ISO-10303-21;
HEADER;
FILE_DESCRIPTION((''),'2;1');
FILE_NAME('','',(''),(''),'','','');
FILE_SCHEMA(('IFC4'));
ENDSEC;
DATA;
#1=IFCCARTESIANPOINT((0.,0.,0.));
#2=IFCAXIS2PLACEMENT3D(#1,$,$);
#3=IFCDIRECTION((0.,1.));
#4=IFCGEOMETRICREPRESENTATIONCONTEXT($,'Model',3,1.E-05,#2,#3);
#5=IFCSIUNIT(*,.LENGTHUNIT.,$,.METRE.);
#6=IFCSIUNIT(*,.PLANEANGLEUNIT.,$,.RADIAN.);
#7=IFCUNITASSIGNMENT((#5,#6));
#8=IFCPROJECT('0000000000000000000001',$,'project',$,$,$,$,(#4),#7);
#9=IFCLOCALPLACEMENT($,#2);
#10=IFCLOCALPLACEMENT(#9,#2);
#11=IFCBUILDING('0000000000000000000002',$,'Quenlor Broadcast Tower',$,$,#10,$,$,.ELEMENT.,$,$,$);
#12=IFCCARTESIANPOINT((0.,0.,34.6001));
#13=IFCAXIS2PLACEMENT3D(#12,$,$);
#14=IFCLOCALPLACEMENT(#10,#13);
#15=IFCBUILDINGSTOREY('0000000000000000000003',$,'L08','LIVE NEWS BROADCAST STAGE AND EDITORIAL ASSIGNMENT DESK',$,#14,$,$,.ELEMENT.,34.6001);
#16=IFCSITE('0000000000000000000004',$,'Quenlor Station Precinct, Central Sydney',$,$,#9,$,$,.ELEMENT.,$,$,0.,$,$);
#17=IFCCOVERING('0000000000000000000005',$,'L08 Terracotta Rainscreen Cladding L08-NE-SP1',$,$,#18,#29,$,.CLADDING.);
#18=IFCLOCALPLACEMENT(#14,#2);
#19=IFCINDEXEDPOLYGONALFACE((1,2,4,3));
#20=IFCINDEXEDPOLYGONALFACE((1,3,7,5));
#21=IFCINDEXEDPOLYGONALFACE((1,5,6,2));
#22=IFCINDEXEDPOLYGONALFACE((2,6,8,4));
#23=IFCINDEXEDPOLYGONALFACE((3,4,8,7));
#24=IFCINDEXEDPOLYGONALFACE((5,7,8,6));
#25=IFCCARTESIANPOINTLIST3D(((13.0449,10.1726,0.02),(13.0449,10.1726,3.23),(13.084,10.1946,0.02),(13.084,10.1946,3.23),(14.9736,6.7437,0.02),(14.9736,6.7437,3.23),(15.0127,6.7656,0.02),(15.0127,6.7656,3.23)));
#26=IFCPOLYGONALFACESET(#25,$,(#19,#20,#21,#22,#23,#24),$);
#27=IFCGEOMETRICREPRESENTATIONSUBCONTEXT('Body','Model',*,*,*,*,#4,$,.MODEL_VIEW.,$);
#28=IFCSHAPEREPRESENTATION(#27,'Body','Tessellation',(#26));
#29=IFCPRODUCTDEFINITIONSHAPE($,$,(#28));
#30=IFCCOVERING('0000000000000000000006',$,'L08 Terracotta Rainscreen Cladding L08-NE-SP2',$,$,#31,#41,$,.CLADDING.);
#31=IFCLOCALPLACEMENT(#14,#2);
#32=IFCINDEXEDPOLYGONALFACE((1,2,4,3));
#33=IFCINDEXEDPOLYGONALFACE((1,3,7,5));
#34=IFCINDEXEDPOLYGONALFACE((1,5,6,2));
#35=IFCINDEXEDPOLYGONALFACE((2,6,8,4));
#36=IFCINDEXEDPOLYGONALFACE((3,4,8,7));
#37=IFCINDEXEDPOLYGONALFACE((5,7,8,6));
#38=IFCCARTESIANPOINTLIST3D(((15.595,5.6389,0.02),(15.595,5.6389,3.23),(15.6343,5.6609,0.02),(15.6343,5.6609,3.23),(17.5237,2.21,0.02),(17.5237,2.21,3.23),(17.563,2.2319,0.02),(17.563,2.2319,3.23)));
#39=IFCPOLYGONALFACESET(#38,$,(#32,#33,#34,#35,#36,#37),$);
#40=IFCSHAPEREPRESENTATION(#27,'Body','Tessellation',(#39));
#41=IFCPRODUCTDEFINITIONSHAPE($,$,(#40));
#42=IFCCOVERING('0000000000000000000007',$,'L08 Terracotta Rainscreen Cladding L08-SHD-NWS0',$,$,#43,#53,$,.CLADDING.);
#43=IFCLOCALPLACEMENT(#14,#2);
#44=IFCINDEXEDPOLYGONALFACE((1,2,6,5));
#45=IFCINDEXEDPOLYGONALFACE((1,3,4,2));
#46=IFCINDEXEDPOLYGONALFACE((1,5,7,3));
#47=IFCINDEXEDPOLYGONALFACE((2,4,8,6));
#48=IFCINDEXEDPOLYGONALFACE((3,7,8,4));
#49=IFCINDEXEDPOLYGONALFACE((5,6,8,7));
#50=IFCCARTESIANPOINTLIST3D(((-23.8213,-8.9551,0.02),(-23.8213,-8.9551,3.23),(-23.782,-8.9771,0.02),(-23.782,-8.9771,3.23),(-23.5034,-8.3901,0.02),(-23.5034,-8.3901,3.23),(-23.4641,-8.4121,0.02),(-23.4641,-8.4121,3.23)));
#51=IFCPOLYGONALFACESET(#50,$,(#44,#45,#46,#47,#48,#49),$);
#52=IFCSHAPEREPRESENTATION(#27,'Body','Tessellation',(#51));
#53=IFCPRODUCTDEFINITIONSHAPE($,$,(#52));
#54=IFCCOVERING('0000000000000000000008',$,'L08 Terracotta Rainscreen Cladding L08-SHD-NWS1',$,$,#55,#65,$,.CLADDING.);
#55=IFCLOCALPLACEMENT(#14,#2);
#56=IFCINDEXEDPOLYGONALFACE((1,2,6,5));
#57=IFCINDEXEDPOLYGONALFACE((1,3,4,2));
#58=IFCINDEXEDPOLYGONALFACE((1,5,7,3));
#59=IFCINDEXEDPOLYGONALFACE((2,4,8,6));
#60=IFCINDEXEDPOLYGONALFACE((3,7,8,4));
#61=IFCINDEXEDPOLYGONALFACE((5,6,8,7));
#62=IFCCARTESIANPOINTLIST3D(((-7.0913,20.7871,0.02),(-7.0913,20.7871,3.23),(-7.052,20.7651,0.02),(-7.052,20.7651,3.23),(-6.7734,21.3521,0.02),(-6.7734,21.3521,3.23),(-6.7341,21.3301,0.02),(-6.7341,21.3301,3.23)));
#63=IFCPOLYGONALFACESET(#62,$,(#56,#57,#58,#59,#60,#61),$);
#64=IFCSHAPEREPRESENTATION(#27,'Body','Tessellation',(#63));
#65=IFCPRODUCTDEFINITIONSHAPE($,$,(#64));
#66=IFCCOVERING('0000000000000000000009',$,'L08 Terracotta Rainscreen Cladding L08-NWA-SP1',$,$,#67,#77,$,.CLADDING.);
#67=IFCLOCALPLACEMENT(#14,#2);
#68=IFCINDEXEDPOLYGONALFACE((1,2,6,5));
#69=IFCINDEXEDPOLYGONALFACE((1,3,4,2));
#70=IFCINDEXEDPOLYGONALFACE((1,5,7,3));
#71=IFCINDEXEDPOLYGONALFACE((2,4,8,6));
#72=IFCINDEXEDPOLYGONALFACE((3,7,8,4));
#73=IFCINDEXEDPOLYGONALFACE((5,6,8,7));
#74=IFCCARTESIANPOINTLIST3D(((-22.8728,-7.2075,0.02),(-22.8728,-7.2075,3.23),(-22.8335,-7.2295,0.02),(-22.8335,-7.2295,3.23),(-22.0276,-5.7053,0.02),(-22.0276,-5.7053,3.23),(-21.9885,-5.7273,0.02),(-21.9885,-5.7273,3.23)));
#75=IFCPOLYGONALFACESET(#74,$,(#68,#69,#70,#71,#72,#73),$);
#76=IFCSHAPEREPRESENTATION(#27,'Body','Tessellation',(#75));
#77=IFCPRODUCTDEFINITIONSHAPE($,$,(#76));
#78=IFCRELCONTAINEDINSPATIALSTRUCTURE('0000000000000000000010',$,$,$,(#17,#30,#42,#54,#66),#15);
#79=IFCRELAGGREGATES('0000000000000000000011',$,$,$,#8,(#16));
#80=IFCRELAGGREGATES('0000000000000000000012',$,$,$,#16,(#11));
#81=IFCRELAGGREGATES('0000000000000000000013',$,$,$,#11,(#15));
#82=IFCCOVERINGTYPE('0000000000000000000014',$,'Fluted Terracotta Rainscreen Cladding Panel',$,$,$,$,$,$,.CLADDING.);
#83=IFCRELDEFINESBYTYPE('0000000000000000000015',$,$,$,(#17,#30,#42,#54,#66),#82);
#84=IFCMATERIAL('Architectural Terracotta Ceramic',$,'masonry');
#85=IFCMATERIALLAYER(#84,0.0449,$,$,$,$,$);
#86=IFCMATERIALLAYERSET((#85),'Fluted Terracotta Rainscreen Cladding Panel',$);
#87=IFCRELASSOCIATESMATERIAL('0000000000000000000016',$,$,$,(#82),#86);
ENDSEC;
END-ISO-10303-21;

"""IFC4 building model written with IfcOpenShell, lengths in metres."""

from ifc_helpers import new_model, si_unit, direction, frame, origin, place, context, subcontext, project, spatial, polyline, outline, extrude, material, layer, layer_set, type_object, element, save


model = new_model("IFC4")

# Units and contexts
model_context = context("Model", 3, precision=1e-05, world=origin(), true_north=direction((0.0, 1.0)))
body_context = subcontext(model_context, "Body", "Model", "MODEL_VIEW")
ifc_project = project(units=[si_unit("LENGTHUNIT", "METRE"), si_unit("PLANEANGLEUNIT", "RADIAN")], contexts=[model_context])

# Site, building, storey
site_placement = place(None, origin())
site = spatial("IfcSite", under=ifc_project, at=site_placement, Name="Quenlor Station Precinct, Central Sydney", CompositionType="ELEMENT", RefElevation=0.0)
building_placement = place(site_placement, origin())
building = spatial("IfcBuilding", under=site, at=building_placement, Name="Quenlor Broadcast Tower", CompositionType="ELEMENT")
storey_placement = place(building_placement, frame((0.0, 0.0, 34.6001)))
storey = spatial("IfcBuildingStorey", under=building, at=storey_placement, Name="L08", Description="LIVE NEWS BROADCAST STAGE AND EDITORIAL ASSIGNMENT DESK", CompositionType="ELEMENT", Elevation=34.6001)

# Coverings
ifc_material_1 = material(Name="Architectural Terracotta Ceramic", Category="masonry")
ifc_layer_1 = layer(ifc_material_1, 0.0449)
ifc_layer_set_1 = layer_set([ifc_layer_1], Name="Fluted Terracotta Rainscreen Cladding Panel")
covering_type = type_object("IfcCoveringType", Name="Fluted Terracotta Rainscreen Cladding Panel", PredefinedType="CLADDING", material=ifc_layer_set_1)
covering_1_placement = place(storey_placement, frame((0.0, 0.0, 0.02)))
element("IfcCovering", 1, at=covering_1_placement, inside=storey, type_object=covering_type, Name="L08 Terracotta Rainscreen Cladding L08-NE-SP1", PredefinedType="CLADDING", context=body_context, shape_type="SweptSolid", body=[
    extrude(outline(polyline([(13.0449, 10.1726), (14.9736, 6.7437), (15.0127, 6.7656), (13.084, 10.1946), (13.0449, 10.1726)])), origin(), (0.0, 0.0, 1.0), 3.21),
])
covering_2_placement = place(storey_placement, frame((0.0, 0.0, 0.02)))
element("IfcCovering", 2, at=covering_2_placement, inside=storey, type_object=covering_type, Name="L08 Terracotta Rainscreen Cladding L08-NE-SP2", PredefinedType="CLADDING", context=body_context, shape_type="SweptSolid", body=[
    extrude(outline(polyline([(15.595, 5.6389), (17.5237, 2.21), (17.563, 2.2319), (15.6343, 5.6609), (15.595, 5.6389)])), origin(), (0.0, 0.0, 1.0), 3.21),
])
covering_3_placement = place(storey_placement, frame((0.0, 0.0, 0.02)))
element("IfcCovering", 3, at=covering_3_placement, inside=storey, type_object=covering_type, Name="L08 Terracotta Rainscreen Cladding L08-SHD-NWS0", PredefinedType="CLADDING", context=body_context, shape_type="SweptSolid", body=[
    extrude(outline(polyline([(-23.782, -8.9771), (-23.4641, -8.4121), (-23.5034, -8.3901), (-23.8213, -8.9551), (-23.782, -8.9771)])), origin(), (0.0, 0.0, 1.0), 3.21),
])
covering_4_placement = place(storey_placement, frame((0.0, 0.0, 0.02)))
element("IfcCovering", 4, at=covering_4_placement, inside=storey, type_object=covering_type, Name="L08 Terracotta Rainscreen Cladding L08-SHD-NWS1", PredefinedType="CLADDING", context=body_context, shape_type="SweptSolid", body=[
    extrude(outline(polyline([(-7.052, 20.7651), (-6.7341, 21.3301), (-6.7734, 21.3521), (-7.0913, 20.7871), (-7.052, 20.7651)])), origin(), (0.0, 0.0, 1.0), 3.21),
])
covering_5_placement = place(storey_placement, frame((0.0, 0.0, 0.02)))
element("IfcCovering", 5, at=covering_5_placement, inside=storey, type_object=covering_type, Name="L08 Terracotta Rainscreen Cladding L08-NWA-SP1", PredefinedType="CLADDING", context=body_context, shape_type="SweptSolid", body=[
    extrude(outline(polyline([(-22.8335, -7.2295), (-21.9885, -5.7273), (-22.0276, -5.7053), (-22.8728, -7.2075), (-22.8335, -7.2295)])), origin(), (0.0, 0.0, 1.0), 3.21),
])

save(model, "model.ifc")
